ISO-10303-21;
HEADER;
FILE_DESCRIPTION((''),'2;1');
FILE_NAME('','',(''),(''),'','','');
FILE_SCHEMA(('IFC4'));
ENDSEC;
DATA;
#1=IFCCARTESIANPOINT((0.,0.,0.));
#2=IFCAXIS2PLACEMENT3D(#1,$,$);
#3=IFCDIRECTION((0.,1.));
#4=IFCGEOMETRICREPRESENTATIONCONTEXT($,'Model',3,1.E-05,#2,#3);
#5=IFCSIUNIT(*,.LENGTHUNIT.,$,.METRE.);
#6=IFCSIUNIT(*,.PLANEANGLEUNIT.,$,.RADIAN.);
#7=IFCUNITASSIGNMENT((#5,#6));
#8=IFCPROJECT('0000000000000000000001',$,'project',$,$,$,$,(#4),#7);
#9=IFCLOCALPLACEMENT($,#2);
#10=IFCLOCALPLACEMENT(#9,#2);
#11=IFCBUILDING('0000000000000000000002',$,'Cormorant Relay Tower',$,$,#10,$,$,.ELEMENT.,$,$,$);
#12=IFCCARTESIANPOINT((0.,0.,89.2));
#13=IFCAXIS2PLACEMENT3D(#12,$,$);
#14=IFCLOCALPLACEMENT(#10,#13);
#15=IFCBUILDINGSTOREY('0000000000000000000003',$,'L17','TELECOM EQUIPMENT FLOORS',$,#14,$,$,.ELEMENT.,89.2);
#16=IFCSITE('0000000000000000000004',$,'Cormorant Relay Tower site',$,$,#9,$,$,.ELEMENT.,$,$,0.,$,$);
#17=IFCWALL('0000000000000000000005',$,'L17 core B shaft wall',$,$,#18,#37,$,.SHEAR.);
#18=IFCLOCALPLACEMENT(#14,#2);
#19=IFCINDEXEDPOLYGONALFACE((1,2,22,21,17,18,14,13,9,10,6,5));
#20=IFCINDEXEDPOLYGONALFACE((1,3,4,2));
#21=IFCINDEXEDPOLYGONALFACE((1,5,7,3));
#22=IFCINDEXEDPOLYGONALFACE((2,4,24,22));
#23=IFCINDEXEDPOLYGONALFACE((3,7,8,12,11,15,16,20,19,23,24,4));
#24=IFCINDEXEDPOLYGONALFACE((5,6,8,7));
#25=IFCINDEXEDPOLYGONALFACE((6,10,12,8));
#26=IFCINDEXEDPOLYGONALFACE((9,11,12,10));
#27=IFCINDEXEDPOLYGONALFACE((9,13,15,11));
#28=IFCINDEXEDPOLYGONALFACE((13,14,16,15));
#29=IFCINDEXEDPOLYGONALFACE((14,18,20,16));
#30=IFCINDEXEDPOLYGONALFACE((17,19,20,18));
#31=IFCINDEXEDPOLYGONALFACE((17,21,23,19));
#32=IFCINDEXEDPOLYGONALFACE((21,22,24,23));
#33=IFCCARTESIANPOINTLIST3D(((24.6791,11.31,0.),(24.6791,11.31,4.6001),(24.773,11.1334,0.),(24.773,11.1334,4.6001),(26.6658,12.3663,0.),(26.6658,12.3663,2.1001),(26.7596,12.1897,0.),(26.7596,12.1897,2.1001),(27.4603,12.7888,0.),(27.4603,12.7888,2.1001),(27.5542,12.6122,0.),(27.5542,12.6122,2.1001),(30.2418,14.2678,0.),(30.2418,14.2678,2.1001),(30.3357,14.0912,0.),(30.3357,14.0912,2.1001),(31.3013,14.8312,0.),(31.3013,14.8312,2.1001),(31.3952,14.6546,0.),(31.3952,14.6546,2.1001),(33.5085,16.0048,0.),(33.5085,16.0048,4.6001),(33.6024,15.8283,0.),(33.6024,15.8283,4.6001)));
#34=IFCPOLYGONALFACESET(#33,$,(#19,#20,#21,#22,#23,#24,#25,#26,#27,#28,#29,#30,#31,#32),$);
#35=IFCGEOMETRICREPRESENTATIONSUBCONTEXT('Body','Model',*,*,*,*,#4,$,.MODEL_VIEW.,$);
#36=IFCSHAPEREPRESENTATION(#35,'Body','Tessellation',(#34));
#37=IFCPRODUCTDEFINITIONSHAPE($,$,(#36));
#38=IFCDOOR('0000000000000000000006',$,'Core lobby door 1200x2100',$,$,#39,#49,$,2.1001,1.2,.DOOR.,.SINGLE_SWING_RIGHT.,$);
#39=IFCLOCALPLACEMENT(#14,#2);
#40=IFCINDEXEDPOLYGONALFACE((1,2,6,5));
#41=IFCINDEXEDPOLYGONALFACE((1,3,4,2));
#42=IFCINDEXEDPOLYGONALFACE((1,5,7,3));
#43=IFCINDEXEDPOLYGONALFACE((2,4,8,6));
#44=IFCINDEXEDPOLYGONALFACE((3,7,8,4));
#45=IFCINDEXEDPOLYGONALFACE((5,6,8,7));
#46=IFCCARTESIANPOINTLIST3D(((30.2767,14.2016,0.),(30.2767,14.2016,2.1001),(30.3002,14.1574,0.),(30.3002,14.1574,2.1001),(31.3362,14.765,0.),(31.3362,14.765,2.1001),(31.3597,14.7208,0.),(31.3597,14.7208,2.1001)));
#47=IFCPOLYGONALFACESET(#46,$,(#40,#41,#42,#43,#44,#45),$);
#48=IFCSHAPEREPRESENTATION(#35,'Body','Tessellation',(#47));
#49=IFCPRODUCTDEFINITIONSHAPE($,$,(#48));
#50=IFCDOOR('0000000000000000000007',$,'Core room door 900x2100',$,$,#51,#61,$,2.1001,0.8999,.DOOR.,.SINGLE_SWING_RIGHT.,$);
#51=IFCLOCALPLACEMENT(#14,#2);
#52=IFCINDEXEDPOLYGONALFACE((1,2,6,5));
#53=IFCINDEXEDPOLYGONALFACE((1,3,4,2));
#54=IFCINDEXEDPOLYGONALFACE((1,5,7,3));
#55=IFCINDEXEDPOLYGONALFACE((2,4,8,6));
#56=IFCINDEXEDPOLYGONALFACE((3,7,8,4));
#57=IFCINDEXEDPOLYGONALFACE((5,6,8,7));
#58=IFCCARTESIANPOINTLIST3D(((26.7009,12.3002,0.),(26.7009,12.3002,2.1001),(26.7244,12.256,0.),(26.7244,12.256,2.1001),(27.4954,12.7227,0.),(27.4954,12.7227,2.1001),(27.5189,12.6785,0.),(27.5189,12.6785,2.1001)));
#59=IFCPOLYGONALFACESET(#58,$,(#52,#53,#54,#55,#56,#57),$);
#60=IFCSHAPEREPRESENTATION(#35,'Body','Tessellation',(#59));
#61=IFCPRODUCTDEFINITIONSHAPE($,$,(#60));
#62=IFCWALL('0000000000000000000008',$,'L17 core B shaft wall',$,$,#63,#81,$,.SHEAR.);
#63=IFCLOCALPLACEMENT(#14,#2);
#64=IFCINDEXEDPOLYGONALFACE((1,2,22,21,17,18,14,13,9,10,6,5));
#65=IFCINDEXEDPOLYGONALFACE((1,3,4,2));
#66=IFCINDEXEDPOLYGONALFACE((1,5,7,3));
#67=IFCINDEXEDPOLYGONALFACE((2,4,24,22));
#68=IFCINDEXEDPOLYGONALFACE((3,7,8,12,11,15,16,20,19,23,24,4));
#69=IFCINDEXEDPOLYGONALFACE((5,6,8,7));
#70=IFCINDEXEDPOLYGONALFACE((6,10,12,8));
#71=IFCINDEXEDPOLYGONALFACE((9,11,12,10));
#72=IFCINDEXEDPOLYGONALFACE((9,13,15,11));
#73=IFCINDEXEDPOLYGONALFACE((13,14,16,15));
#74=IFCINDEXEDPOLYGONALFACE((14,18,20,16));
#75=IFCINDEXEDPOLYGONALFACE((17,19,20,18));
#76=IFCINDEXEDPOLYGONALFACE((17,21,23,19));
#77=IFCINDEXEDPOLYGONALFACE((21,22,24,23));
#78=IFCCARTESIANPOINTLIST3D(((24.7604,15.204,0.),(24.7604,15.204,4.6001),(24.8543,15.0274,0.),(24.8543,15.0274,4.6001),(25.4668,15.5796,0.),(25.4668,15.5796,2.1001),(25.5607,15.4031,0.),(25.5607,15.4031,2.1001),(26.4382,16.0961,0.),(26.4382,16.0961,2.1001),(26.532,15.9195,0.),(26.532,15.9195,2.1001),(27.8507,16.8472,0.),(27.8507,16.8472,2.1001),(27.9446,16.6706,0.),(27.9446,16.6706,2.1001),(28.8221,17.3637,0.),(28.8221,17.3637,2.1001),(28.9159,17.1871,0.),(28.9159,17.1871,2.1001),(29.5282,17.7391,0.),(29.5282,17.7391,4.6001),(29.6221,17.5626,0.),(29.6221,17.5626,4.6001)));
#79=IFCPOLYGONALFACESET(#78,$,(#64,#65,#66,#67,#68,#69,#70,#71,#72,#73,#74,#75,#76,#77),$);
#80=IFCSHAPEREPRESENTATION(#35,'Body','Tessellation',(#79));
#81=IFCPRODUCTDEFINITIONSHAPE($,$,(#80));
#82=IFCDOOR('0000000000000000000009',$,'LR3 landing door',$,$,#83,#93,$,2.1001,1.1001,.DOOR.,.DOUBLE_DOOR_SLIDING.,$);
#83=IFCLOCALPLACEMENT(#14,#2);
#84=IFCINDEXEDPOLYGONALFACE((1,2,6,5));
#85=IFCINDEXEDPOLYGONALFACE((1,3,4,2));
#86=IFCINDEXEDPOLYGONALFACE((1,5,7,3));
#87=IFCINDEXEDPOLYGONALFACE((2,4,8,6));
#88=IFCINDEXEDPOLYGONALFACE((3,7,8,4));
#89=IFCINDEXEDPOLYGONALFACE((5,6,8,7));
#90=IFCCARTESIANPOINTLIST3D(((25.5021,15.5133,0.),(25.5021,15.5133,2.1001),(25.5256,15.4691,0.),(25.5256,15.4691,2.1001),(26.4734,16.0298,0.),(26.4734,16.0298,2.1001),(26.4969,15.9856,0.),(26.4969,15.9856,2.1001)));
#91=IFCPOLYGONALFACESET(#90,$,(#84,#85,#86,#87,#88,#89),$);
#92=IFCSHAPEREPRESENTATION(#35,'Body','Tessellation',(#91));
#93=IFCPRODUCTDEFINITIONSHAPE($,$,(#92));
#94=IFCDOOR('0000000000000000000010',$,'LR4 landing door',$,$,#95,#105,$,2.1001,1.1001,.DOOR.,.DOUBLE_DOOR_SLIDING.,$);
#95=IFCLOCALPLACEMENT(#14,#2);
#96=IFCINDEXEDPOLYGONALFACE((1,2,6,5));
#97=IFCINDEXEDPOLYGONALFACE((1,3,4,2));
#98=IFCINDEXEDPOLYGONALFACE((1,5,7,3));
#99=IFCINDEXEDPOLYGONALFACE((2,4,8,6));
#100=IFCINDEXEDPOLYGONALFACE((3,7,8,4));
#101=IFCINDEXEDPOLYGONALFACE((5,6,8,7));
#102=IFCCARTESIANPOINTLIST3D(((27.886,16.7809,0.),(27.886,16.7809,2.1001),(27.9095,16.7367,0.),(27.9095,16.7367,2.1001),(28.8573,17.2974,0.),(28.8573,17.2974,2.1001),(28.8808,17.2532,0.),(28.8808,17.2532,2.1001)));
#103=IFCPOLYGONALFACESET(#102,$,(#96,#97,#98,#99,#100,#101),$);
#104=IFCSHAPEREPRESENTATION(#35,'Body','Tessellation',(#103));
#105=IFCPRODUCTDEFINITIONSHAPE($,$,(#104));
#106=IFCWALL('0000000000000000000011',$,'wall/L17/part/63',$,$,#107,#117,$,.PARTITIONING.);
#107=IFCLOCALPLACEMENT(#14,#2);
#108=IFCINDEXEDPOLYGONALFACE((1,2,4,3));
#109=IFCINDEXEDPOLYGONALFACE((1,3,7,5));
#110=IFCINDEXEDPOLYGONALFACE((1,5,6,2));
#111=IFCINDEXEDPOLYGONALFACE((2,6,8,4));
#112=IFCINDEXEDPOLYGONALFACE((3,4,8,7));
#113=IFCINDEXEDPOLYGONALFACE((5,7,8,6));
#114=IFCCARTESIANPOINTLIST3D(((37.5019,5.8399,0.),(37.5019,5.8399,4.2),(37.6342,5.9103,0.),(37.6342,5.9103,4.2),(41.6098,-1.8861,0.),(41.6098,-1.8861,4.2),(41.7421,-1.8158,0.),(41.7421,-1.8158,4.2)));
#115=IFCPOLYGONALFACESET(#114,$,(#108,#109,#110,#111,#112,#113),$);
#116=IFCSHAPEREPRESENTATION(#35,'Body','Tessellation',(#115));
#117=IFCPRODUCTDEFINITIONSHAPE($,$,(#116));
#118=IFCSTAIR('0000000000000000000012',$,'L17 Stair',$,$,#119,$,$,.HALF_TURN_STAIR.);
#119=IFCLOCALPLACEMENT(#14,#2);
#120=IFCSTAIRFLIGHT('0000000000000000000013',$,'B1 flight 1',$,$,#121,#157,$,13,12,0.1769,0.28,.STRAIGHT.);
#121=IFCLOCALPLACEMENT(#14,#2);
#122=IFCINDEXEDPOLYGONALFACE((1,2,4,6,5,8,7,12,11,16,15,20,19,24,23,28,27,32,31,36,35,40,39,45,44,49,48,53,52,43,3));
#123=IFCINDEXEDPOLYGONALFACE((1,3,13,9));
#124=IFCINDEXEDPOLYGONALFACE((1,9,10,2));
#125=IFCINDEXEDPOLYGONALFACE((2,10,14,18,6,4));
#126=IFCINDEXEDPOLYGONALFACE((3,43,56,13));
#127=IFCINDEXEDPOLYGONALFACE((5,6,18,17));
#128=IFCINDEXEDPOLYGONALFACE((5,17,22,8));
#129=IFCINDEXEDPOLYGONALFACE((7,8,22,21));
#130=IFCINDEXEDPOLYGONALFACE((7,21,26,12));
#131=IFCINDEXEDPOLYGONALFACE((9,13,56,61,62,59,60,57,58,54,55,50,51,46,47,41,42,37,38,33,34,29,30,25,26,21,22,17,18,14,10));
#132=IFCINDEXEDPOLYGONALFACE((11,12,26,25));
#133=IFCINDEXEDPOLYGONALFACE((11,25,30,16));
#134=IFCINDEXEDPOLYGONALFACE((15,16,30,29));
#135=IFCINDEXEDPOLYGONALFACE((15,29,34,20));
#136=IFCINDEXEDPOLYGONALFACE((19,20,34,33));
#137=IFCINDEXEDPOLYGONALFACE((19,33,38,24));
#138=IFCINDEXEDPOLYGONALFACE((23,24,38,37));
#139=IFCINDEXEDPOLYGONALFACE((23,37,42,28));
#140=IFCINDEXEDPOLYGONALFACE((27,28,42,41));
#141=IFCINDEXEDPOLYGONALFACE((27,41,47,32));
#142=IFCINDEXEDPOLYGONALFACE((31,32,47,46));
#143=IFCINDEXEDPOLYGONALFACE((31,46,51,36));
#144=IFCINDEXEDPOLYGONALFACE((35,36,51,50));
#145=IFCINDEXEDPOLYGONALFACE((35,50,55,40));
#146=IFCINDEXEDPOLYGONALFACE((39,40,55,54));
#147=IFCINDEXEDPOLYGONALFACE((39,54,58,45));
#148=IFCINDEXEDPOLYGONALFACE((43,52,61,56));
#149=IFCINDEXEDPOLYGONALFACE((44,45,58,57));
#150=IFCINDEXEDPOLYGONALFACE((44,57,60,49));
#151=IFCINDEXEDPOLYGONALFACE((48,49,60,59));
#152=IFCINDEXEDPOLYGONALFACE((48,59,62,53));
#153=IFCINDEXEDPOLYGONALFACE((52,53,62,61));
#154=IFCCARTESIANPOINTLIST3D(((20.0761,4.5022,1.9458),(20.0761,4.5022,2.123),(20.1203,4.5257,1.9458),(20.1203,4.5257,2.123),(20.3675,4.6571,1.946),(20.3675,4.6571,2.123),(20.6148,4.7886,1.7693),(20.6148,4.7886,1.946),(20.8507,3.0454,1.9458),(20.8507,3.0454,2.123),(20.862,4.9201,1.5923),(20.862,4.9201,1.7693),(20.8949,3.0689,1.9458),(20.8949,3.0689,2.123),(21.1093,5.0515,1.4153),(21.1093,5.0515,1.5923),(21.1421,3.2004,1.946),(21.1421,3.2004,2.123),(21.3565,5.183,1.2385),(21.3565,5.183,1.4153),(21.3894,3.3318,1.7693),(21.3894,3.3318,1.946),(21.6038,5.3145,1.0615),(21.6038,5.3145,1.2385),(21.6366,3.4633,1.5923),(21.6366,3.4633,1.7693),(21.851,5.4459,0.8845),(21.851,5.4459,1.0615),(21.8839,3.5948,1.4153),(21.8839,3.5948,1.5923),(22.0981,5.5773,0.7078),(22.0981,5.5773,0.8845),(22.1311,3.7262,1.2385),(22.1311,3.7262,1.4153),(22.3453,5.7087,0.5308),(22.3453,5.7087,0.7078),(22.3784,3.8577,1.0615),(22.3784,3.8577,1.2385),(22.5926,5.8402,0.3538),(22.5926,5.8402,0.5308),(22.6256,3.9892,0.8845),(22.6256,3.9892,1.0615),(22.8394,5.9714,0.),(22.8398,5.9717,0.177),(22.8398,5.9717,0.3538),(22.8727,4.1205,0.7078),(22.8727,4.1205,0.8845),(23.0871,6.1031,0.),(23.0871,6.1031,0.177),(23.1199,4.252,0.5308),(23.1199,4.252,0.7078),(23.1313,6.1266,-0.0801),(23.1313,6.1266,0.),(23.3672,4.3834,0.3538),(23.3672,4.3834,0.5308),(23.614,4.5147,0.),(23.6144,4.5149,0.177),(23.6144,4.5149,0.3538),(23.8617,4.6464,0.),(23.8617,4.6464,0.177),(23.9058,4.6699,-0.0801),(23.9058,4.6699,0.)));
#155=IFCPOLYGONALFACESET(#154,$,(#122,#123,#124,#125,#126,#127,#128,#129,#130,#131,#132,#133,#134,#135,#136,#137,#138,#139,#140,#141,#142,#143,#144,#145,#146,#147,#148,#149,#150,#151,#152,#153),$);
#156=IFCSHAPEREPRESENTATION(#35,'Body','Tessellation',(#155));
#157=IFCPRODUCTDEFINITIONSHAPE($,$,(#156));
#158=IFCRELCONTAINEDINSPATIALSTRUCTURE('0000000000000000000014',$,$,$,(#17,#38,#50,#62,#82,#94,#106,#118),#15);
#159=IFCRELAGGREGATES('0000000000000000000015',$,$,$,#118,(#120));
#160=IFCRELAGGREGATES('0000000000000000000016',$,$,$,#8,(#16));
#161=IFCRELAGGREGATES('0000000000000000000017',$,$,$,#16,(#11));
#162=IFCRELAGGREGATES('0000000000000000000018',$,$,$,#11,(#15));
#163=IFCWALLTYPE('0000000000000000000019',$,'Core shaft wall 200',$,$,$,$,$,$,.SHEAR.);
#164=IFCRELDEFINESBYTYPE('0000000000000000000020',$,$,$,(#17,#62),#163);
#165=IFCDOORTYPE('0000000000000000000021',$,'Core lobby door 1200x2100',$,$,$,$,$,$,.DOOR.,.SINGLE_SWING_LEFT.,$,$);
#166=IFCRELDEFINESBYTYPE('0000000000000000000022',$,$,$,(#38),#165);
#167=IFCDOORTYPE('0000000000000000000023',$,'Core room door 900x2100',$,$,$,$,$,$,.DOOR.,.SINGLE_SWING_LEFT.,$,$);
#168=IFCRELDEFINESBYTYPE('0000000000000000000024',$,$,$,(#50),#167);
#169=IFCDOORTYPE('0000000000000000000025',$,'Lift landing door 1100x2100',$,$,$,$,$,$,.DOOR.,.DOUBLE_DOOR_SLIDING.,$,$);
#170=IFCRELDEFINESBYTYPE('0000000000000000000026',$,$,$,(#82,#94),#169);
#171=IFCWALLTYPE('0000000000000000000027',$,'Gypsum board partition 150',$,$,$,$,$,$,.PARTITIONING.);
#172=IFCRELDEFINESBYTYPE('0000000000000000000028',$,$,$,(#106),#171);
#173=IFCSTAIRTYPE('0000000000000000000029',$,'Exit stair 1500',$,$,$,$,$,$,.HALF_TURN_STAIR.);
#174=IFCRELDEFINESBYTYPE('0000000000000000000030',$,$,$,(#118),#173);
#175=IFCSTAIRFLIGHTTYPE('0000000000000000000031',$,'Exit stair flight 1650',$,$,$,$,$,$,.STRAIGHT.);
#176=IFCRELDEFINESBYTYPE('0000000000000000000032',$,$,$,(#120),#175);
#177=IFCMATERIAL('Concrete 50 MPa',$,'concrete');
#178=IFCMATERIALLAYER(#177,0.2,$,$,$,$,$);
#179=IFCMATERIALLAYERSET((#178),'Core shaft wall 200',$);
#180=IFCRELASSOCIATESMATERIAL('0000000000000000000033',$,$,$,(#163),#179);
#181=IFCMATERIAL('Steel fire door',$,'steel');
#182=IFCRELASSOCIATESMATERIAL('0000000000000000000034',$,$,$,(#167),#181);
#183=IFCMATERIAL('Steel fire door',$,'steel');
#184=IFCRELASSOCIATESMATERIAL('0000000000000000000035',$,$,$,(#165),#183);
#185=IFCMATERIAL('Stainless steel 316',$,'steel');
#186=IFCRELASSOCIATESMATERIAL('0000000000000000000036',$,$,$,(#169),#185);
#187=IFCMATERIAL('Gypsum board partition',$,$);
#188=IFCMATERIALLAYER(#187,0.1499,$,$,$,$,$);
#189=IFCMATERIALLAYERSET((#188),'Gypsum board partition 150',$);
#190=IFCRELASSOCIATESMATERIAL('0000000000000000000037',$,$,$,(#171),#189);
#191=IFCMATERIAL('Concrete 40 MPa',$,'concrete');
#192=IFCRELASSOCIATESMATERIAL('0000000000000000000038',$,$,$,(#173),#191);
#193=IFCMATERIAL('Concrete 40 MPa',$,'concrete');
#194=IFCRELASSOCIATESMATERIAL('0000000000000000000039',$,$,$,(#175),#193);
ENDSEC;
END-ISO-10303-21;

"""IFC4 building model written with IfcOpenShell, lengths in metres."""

from ifc_helpers import new_model, si_unit, direction, frame, frame_2d, origin, place, context, subcontext, project, spatial, polyline, rectangle, outline, extrude, material, layer, layer_set, type_object, element, fill, aggregate, save


model = new_model("IFC4")

# Units and contexts
model_context = context("Model", 3, precision=1e-05, world=origin(), true_north=direction((0.0, 1.0)))
body_context = subcontext(model_context, "Body", "Model", "MODEL_VIEW")
ifc_project = project(units=[si_unit("LENGTHUNIT", "METRE"), si_unit("PLANEANGLEUNIT", "RADIAN")], contexts=[model_context])

# Site, building, storey
site_placement = place(None, origin())
site = spatial("IfcSite", under=ifc_project, at=site_placement, Name="Cormorant Relay Tower site", CompositionType="ELEMENT", RefElevation=0.0)
building_placement = place(site_placement, origin())
building = spatial("IfcBuilding", under=site, at=building_placement, Name="Cormorant Relay Tower", CompositionType="ELEMENT")
storey_placement = place(building_placement, frame((0.0, 0.0, 89.2)))
storey = spatial("IfcBuildingStorey", under=building, at=storey_placement, Name="L17", Description="TELECOM EQUIPMENT FLOORS", CompositionType="ELEMENT", Elevation=89.2)

# Shared definitions
ifc_material_1 = material(Name="Concrete 50 MPa", Category="concrete")
ifc_layer_1 = layer(ifc_material_1, 0.2)
ifc_layer_set_1 = layer_set([ifc_layer_1], Name="Core shaft wall 200")
wall_type_1 = type_object("IfcWallType", Name="Core shaft wall 200", PredefinedType="SHEAR", material=ifc_layer_set_1)
ifc_material_2 = material(Name="Steel fire door", Category="steel")
door_type_1 = type_object("IfcDoorType", Name="Core room door 900x2100", OperationType="SINGLE_SWING_LEFT", PredefinedType="DOOR", material=ifc_material_2)

# Walls, openings, doors
wall_1_placement = place(storey_placement, frame((24.7261, 11.2217, 0.0), z_axis=(0.0, 0.0, 1.0), x_axis=(0.88294, 0.469485, 0.0)))
wall_1 = element("IfcWall", 1, at=wall_1_placement, inside=storey, type_object=wall_type_1, Name="L17 core B shaft wall", PredefinedType="SHEAR", context=body_context, shape_type="SweptSolid", body=[
    extrude(rectangle(XDim=10.0, YDim=0.2, at=frame_2d((5.0, 0.0))), origin(), (0.0, 0.0, 1.0), 4.6001),
])
opening_1_placement = place(wall_1_placement, frame((6.3, 0.0, 0.0)))
opening_1 = element("IfcOpeningElement", 2, at=opening_1_placement, cuts=wall_1, PredefinedType="OPENING", context=body_context, shape_type="SweptSolid", body=[
    extrude(rectangle(XDim=1.2, YDim=2.1001, at=frame_2d((0.6001, 1.05))), frame((0.0, 0.1099, 0.0), z_axis=(0.0, -1.0, 0.0), x_axis=(1.0, 0.0, 0.0)), (0.0, 0.0, 1.0), 0.22),
])
opening_2_placement = place(wall_1_placement, frame((2.25, 0.0, 0.0)))
opening_2 = element("IfcOpeningElement", 3, at=opening_2_placement, cuts=wall_1, PredefinedType="OPENING", context=body_context, shape_type="SweptSolid", body=[
    extrude(rectangle(XDim=0.8999, YDim=2.1001, at=frame_2d((0.45, 1.05))), frame((0.0, 0.1099, 0.0), z_axis=(0.0, -1.0, 0.0), x_axis=(1.0, 0.0, 0.0)), (0.0, 0.0, 1.0), 0.22),
])
ifc_material_3 = material(Name="Steel fire door", Category="steel")
door_type_2 = type_object("IfcDoorType", Name="Core lobby door 1200x2100", OperationType="SINGLE_SWING_LEFT", PredefinedType="DOOR", material=ifc_material_3)
door_1_placement = place(opening_1_placement, frame((1.2, 0.0, 0.0), z_axis=(0.0, 0.0, 1.0), x_axis=(-1.0, 0.0, 0.0)))
door_1 = element("IfcDoor", 4, at=door_1_placement, inside=storey, type_object=door_type_2, Name="Core lobby door 1200x2100", OperationType="SINGLE_SWING_RIGHT", OverallHeight=2.1001, OverallWidth=1.2, PredefinedType="DOOR", context=body_context, shape_type="SweptSolid", body=[
    extrude(rectangle(XDim=1.2, YDim=2.1001, at=frame_2d((0.6001, 1.05))), frame((0.0, 0.0249, 0.0), z_axis=(0.0, -1.0, 0.0), x_axis=(1.0, 0.0, 0.0)), (0.0, 0.0, 1.0), 0.05),
])
fill(opening_1, door_1)
door_2_placement = place(opening_2_placement, frame((0.8999, 0.0, 0.0), z_axis=(0.0, 0.0, 1.0), x_axis=(-1.0, 0.0, 0.0)))
door_2 = element("IfcDoor", 5, at=door_2_placement, inside=storey, type_object=door_type_1, Name="Core room door 900x2100", OperationType="SINGLE_SWING_RIGHT", OverallHeight=2.1001, OverallWidth=0.8999, PredefinedType="DOOR", context=body_context, shape_type="SweptSolid", body=[
    extrude(rectangle(XDim=0.8999, YDim=2.1001, at=frame_2d((0.45, 1.05))), frame((0.0, 0.0249, 0.0), z_axis=(0.0, -1.0, 0.0), x_axis=(1.0, 0.0, 0.0)), (0.0, 0.0, 1.0), 0.05),
])
fill(opening_2, door_2)
wall_2_placement = place(storey_placement, frame((24.8074, 15.1157, 0.0), z_axis=(0.0, 0.0, 1.0), x_axis=(0.882943, 0.46948, 0.0)))
wall_2 = element("IfcWall", 6, at=wall_2_placement, inside=storey, type_object=wall_type_1, Name="L17 core B shaft wall", PredefinedType="SHEAR", context=body_context, shape_type="SweptSolid", body=[
    extrude(rectangle(XDim=5.3999, YDim=0.2, at=frame_2d((2.7, 0.0))), origin(), (0.0, 0.0, 1.0), 4.6001),
])
opening_3_placement = place(wall_2_placement, frame((0.8, 0.0, 0.0)))
opening_3 = element("IfcOpeningElement", 7, at=opening_3_placement, cuts=wall_2, PredefinedType="OPENING", context=body_context, shape_type="SweptSolid", body=[
    extrude(rectangle(XDim=1.1001, YDim=2.1001, at=frame_2d((0.55, 1.05))), frame((0.0, 0.1099, 0.0), z_axis=(0.0, -1.0, 0.0), x_axis=(1.0, 0.0, 0.0)), (0.0, 0.0, 1.0), 0.22),
])
opening_4_placement = place(wall_2_placement, frame((3.5, 0.0, 0.0)))
opening_4 = element("IfcOpeningElement", 8, at=opening_4_placement, cuts=wall_2, PredefinedType="OPENING", context=body_context, shape_type="SweptSolid", body=[
    extrude(rectangle(XDim=1.1001, YDim=2.1001, at=frame_2d((0.55, 1.05))), frame((0.0, 0.1099, 0.0), z_axis=(0.0, -1.0, 0.0), x_axis=(1.0, 0.0, 0.0)), (0.0, 0.0, 1.0), 0.22),
])
ifc_material_4 = material(Name="Stainless steel 316", Category="steel")
door_type_3 = type_object("IfcDoorType", Name="Lift landing door 1100x2100", OperationType="DOUBLE_DOOR_SLIDING", PredefinedType="DOOR", material=ifc_material_4)
door_3_placement = place(opening_3_placement, origin())
door_3 = element("IfcDoor", 9, at=door_3_placement, inside=storey, type_object=door_type_3, Name="LR3 landing door", OperationType="DOUBLE_DOOR_SLIDING", OverallHeight=2.1001, OverallWidth=1.1001, PredefinedType="DOOR", context=body_context, shape_type="SweptSolid", body=[
    extrude(rectangle(XDim=1.1001, YDim=2.1001, at=frame_2d((0.55, 1.05))), frame((0.0, 0.0249, 0.0), z_axis=(0.0, -1.0, 0.0), x_axis=(1.0, 0.0, 0.0)), (0.0, 0.0, 1.0), 0.05),
])
fill(opening_3, door_3)
door_4_placement = place(opening_4_placement, origin())
door_4 = element("IfcDoor", 10, at=door_4_placement, inside=storey, type_object=door_type_3, Name="LR4 landing door", OperationType="DOUBLE_DOOR_SLIDING", OverallHeight=2.1001, OverallWidth=1.1001, PredefinedType="DOOR", context=body_context, shape_type="SweptSolid", body=[
    extrude(rectangle(XDim=1.1001, YDim=2.1001, at=frame_2d((0.55, 1.05))), frame((0.0, 0.0249, 0.0), z_axis=(0.0, -1.0, 0.0), x_axis=(1.0, 0.0, 0.0)), (0.0, 0.0, 1.0), 0.05),
])
fill(opening_4, door_4)

# Wall
ifc_material_5 = material(Name="Gypsum board partition")
ifc_layer_2 = layer(ifc_material_5, 0.1499)
ifc_layer_set_2 = layer_set([ifc_layer_2], Name="Gypsum board partition 150")
wall_type_2 = type_object("IfcWallType", Name="Gypsum board partition 150", PredefinedType="PARTITIONING", material=ifc_layer_set_2)
wall_3_placement = place(storey_placement, frame((37.5681, 5.875, 0.0), z_axis=(0.0, 0.0, 1.0), x_axis=(0.469461, -0.882953, 0.0)))
element("IfcWall", 11, at=wall_3_placement, inside=storey, type_object=wall_type_2, Name="wall/L17/part/63", PredefinedType="PARTITIONING", context=body_context, shape_type="SweptSolid", body=[
    extrude(rectangle(XDim=8.7502, YDim=0.1499, at=frame_2d((4.375, 0.0))), origin(), (0.0, 0.0, 1.0), 4.2),
])

# Stair, stair flight
ifc_material_6 = material(Name="Concrete 40 MPa", Category="concrete")
stair_type = type_object("IfcStairType", Name="Exit stair 1500", PredefinedType="HALF_TURN_STAIR", material=ifc_material_6)
stair_placement = place(storey_placement, origin())
stair = element("IfcStair", 12, at=stair_placement, inside=storey, type_object=stair_type, Name="L17 Stair", PredefinedType="HALF_TURN_STAIR")
ifc_material_7 = material(Name="Concrete 40 MPa", Category="concrete")
stair_flight_type = type_object("IfcStairFlightType", Name="Exit stair flight 1650", PredefinedType="STRAIGHT", material=ifc_material_7)
stair_flight_placement = place(storey_placement, frame((23.4744, 5.3748, 0.0), z_axis=(0.0, 0.0, 1.0), x_axis=(-0.882948, -0.469472, 0.0)))
stair_flight = element("IfcStairFlight", 13, at=stair_flight_placement, type_object=stair_flight_type, Name="B1 flight 1", NumberOfRisers=13, NumberOfTreads=12, PredefinedType="STRAIGHT", RiserHeight=0.1769, TreadLength=0.28, context=body_context, shape_type="SweptSolid", body=[
    extrude(outline(polyline([(-0.05, -0.0801), (-0.05, 0.0), (0.0, 0.0), (0.0, 0.177), (0.28, 0.177), (0.28, 0.3538), (0.5601, 0.3538), (0.5601, 0.5308), (0.8401, 0.5308), (0.8401, 0.7078), (1.1201, 0.7078), (1.1201, 0.8845), (1.3999, 0.8845), (1.3999, 1.0615), (1.6799, 1.0615), (1.6799, 1.2385), (1.96, 1.2385), (1.96, 1.4153), (2.24, 1.4153), (2.24, 1.5923), (2.52, 1.5923), (2.52, 1.7693), (2.8, 1.7693), (2.8, 1.946), (3.0801, 1.946), (3.0801, 2.123), (3.3601, 2.123), (3.4102, 2.123), (3.4102, 1.9458), (3.3601, 1.9458), (0.2805, 0.0), (-0.05, -0.0801)])), frame((0.0, 0.825, 0.0), z_axis=(0.0, -1.0, 0.0), x_axis=(1.0, 0.0, 0.0)), (0.0, 0.0, 1.0), 1.6499),
])
aggregate(stair, [stair_flight])

save(model, "model.ifc")
